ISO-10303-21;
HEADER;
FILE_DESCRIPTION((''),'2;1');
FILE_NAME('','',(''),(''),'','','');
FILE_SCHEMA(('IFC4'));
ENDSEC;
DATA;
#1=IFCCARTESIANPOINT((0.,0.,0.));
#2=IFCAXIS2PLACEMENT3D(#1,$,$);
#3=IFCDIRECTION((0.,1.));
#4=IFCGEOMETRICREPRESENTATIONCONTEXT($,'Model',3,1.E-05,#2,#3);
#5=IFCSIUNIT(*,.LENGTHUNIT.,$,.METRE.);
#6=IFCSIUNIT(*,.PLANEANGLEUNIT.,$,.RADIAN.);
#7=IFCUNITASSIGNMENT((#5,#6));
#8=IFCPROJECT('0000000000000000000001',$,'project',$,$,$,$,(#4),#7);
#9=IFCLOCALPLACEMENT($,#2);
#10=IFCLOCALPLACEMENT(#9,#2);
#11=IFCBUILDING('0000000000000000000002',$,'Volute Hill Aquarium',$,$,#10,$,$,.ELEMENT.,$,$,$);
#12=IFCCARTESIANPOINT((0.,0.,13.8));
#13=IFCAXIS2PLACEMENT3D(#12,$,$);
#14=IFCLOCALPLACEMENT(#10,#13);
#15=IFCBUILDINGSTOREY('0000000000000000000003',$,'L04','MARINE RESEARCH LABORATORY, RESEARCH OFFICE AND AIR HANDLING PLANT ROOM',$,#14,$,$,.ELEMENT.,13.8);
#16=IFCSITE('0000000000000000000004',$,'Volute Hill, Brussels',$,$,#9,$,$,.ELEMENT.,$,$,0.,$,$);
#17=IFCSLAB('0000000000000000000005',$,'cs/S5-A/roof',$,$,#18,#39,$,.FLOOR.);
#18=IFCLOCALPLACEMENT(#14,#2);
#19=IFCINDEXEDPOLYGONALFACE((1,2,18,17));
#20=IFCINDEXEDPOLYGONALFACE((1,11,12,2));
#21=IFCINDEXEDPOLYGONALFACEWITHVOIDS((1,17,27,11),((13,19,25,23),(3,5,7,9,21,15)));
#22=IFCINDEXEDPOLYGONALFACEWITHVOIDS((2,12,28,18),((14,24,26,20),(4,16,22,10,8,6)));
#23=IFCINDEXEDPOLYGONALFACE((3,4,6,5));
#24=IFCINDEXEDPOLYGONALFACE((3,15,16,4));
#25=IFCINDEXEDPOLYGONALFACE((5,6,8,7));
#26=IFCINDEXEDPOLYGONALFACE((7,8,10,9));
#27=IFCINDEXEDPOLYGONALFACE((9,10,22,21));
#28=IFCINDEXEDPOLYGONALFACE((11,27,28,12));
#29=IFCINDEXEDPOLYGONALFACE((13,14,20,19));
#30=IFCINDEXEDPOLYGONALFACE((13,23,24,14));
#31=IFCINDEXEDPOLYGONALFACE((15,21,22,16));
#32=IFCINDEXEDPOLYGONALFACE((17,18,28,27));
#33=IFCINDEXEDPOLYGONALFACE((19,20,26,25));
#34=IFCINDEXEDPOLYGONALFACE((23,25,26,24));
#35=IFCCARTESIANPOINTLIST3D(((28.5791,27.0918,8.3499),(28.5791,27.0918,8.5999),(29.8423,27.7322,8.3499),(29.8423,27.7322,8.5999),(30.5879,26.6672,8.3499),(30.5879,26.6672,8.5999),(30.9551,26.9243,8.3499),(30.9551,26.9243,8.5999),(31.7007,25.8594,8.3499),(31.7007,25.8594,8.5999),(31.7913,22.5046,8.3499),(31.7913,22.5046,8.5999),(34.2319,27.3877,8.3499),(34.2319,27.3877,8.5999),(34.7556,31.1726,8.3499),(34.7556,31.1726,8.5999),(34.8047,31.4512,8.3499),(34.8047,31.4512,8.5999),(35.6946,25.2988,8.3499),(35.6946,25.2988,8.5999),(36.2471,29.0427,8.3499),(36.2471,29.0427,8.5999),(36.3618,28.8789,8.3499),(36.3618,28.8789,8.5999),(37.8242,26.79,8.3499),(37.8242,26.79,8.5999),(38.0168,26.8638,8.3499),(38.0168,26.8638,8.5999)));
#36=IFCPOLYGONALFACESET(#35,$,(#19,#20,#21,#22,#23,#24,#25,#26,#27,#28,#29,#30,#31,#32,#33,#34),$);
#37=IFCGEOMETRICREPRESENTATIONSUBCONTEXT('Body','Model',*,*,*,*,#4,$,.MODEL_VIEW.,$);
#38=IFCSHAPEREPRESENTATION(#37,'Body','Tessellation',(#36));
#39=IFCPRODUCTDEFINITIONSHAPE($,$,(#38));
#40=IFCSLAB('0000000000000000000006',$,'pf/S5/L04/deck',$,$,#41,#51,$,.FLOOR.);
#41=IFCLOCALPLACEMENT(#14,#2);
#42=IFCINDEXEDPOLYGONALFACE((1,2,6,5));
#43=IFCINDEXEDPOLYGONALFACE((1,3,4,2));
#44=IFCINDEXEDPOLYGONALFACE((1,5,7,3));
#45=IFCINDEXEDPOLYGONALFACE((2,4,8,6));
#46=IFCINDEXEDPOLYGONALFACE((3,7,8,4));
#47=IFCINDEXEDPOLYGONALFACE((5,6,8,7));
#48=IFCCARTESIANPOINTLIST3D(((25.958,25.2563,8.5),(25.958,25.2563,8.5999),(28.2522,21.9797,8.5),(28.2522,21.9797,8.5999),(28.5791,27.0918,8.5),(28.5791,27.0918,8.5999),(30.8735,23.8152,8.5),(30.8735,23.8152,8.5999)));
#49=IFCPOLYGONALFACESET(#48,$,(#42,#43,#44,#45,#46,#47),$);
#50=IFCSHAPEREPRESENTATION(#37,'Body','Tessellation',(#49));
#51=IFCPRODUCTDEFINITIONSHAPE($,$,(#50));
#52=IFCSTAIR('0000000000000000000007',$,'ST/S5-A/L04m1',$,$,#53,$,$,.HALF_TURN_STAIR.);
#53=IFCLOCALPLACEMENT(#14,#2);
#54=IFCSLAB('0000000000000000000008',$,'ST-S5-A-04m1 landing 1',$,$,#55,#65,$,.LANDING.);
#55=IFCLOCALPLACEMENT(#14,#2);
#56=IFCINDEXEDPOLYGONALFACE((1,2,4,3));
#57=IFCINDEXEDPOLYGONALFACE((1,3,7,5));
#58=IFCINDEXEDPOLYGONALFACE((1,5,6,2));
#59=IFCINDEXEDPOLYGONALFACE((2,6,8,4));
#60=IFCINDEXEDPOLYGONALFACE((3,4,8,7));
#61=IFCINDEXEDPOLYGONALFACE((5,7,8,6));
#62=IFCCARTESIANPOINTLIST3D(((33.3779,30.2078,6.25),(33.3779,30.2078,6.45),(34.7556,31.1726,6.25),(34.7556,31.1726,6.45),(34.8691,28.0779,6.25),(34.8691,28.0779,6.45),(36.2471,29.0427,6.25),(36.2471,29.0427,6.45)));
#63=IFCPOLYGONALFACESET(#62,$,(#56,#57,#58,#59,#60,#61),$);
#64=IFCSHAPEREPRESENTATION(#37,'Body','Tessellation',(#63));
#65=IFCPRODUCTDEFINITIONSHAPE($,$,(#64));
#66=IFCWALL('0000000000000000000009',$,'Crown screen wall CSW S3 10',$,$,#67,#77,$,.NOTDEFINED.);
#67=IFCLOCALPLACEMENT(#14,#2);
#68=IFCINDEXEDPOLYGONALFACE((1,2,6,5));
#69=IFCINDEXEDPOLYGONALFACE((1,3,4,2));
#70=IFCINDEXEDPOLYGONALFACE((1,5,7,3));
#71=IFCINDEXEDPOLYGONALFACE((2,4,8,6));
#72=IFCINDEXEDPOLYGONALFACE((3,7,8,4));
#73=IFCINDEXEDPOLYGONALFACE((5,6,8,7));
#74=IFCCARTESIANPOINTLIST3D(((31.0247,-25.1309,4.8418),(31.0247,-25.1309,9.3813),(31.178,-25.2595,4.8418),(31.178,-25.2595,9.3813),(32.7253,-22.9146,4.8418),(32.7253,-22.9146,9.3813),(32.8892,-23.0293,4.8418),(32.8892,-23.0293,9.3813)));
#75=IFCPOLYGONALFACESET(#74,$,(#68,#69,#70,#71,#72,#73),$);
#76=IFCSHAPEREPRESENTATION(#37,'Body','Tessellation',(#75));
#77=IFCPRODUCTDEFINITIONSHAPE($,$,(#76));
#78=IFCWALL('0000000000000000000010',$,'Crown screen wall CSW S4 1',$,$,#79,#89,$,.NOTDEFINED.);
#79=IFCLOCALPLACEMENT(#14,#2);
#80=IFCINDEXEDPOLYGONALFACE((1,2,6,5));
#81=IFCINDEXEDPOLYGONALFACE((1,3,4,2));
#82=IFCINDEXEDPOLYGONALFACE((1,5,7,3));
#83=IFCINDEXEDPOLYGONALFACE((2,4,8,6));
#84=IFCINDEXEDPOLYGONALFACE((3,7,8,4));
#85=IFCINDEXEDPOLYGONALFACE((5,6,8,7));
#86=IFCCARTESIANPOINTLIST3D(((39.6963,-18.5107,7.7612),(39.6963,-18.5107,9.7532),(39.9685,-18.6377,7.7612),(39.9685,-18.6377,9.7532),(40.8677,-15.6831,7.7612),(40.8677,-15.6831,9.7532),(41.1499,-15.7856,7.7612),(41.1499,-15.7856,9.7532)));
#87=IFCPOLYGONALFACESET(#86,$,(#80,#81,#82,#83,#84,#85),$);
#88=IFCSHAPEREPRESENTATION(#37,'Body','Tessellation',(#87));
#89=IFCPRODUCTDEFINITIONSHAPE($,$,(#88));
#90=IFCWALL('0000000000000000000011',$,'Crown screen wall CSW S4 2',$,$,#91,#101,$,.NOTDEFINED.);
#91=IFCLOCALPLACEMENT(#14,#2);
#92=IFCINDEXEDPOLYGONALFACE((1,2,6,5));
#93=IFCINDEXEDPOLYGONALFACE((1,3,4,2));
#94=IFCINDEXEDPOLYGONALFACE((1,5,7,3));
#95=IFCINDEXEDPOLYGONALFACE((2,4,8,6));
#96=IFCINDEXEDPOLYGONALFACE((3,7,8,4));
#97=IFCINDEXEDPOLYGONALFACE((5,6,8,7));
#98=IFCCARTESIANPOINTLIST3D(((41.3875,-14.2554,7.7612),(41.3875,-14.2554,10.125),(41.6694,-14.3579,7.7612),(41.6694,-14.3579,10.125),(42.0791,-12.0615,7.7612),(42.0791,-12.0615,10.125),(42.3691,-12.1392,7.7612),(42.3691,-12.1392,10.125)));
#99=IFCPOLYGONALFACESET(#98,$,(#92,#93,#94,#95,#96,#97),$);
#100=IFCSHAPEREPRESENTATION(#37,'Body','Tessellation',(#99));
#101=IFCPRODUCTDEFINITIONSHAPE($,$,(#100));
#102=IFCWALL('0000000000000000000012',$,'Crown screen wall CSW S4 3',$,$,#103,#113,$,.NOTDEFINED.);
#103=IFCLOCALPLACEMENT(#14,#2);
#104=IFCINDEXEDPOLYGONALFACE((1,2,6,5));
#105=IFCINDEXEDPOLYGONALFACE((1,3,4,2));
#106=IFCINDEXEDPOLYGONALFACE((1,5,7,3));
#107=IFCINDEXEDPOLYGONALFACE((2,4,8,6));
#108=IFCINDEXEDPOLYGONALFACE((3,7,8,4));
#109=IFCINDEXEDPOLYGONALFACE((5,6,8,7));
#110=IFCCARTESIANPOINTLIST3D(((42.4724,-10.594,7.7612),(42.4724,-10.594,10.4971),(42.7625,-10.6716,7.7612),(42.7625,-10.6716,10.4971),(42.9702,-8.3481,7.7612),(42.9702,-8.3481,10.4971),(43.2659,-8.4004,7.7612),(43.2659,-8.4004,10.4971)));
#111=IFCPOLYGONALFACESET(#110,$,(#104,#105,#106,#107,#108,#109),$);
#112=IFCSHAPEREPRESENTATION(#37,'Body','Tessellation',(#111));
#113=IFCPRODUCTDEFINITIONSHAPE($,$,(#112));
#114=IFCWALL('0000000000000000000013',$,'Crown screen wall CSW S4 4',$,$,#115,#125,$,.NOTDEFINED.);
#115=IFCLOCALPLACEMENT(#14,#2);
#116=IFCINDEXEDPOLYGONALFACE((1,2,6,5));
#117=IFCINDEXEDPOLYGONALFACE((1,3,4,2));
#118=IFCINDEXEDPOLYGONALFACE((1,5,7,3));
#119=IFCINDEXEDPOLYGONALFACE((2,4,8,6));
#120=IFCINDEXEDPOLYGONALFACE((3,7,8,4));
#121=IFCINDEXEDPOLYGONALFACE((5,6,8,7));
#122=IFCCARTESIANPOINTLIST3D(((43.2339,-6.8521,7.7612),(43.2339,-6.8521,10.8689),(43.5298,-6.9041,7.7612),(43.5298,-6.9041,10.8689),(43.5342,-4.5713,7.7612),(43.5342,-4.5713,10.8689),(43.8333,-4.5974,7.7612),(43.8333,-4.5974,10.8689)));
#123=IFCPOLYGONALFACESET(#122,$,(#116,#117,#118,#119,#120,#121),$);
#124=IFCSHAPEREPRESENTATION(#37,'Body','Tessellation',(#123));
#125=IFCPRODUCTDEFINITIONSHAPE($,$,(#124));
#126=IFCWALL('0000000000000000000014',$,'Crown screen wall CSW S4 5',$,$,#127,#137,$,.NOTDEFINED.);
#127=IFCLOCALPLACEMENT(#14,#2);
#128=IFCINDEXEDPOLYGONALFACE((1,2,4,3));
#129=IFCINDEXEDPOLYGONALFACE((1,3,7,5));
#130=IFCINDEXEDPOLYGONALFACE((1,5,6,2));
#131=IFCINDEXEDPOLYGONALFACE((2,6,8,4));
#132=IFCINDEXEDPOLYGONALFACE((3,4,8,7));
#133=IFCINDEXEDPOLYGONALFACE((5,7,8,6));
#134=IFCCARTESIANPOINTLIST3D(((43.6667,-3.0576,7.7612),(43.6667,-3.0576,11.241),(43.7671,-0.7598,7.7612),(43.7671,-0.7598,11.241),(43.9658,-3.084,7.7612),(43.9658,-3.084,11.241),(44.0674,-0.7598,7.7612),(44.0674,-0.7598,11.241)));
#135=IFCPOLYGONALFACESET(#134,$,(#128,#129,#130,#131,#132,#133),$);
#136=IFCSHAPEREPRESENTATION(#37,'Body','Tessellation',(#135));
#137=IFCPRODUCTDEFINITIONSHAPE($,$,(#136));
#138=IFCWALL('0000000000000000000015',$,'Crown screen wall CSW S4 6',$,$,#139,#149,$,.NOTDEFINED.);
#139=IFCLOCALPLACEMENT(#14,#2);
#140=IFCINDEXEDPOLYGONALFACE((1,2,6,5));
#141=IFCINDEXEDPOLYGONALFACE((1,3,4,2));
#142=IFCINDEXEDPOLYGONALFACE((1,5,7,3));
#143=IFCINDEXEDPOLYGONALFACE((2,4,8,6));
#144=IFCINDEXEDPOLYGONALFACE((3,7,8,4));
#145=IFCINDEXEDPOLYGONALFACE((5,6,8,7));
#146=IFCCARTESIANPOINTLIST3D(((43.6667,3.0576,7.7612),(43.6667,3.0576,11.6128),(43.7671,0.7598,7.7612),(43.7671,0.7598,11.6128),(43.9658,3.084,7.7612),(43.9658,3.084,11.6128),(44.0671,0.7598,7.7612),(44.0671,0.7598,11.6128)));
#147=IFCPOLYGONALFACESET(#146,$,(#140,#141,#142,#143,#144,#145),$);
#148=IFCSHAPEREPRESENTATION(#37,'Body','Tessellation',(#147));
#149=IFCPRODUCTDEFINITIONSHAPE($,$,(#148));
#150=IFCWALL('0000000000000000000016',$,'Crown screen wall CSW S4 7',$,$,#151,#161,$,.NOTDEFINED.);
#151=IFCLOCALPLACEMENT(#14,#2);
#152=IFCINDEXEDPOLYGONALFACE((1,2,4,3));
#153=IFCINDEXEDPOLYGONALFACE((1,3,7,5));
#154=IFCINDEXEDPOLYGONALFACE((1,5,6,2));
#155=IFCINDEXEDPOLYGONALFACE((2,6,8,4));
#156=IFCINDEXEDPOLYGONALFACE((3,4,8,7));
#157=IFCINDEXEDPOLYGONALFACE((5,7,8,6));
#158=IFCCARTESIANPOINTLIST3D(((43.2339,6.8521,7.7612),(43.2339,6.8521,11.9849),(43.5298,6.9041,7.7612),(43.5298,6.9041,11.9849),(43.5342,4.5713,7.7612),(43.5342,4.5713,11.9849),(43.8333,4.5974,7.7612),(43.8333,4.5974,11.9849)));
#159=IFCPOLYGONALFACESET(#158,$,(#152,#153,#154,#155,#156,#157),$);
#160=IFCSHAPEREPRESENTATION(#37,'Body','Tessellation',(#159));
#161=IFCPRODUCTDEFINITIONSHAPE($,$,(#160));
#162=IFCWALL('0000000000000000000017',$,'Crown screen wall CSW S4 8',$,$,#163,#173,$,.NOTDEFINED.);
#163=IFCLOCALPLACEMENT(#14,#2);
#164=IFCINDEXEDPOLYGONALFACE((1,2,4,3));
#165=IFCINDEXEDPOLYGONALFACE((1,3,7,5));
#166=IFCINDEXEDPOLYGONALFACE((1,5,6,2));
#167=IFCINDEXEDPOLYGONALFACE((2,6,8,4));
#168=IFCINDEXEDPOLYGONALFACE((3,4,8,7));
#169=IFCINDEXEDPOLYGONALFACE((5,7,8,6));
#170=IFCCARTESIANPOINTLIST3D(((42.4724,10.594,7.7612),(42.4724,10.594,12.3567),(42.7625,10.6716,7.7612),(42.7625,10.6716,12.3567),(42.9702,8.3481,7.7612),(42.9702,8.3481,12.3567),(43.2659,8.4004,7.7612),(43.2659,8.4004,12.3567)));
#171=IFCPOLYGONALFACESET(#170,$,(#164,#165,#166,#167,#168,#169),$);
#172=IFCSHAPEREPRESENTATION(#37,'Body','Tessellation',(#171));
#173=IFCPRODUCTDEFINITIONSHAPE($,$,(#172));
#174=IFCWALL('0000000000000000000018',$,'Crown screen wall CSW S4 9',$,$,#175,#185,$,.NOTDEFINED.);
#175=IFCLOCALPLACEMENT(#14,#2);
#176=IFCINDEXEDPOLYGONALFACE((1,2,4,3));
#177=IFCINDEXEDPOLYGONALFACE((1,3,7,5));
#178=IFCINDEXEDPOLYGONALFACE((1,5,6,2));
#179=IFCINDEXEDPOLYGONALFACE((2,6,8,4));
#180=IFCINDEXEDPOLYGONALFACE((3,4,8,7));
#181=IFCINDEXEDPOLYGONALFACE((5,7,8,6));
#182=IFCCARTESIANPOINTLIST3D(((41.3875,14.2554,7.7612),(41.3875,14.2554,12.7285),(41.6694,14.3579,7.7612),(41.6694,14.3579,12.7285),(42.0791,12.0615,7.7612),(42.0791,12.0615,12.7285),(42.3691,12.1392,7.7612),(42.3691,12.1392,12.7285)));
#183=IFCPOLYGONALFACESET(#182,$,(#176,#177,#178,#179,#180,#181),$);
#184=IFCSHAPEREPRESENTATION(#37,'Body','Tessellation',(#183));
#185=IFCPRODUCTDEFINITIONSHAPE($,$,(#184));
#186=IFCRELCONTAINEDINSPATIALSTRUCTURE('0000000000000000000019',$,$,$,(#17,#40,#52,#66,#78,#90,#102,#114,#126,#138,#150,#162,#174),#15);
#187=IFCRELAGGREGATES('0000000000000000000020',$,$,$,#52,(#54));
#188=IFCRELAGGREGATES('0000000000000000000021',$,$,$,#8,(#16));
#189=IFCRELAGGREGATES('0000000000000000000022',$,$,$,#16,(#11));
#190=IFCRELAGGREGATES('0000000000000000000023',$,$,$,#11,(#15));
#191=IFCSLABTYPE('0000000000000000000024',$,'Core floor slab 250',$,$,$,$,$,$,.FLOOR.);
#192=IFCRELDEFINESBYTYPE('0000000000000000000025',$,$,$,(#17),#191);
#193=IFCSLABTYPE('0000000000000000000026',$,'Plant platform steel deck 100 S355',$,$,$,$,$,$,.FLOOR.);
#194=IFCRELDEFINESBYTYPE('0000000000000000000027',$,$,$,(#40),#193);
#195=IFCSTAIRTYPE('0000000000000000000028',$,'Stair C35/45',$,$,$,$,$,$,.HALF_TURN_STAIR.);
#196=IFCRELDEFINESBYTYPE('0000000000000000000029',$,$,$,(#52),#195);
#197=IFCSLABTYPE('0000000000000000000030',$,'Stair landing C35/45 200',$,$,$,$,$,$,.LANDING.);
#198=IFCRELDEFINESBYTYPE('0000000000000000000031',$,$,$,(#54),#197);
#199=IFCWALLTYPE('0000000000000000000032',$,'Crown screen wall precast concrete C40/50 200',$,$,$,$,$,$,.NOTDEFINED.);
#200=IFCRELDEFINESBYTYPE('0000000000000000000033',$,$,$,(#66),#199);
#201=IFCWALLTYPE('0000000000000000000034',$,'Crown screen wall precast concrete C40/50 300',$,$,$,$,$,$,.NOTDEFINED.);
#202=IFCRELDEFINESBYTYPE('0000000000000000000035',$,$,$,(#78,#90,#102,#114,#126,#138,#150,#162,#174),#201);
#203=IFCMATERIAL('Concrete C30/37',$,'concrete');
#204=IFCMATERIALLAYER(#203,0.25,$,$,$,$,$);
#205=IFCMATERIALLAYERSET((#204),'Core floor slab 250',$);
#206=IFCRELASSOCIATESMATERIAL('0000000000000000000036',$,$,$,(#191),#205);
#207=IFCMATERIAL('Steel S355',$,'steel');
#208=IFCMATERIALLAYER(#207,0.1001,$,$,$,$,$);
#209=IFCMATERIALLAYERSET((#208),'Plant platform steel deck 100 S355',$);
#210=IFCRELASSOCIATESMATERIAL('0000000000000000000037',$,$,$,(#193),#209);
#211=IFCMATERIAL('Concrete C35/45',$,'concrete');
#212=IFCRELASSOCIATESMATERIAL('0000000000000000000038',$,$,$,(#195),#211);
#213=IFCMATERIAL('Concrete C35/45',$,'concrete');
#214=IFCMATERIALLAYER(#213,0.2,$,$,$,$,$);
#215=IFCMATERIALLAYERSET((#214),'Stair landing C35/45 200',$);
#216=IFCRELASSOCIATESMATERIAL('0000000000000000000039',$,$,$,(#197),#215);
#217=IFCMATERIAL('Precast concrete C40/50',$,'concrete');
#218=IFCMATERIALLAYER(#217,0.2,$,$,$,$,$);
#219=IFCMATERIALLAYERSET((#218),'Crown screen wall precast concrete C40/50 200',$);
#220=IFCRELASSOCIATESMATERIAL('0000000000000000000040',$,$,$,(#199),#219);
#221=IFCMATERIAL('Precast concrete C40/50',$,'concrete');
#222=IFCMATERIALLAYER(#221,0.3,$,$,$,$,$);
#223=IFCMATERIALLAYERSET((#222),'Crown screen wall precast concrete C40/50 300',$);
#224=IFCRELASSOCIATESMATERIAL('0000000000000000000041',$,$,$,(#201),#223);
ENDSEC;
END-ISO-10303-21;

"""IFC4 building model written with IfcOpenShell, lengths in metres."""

from ifc_helpers import new_model, si_unit, direction, frame, origin, place, context, subcontext, project, spatial, polyline, outline, extrude, material, layer, layer_set, type_object, element, aggregate, save


model = new_model("IFC4")

# Units and contexts
model_context = context("Model", 3, precision=1e-05, world=origin(), true_north=direction((0.0, 1.0)))
body_context = subcontext(model_context, "Body", "Model", "MODEL_VIEW")
ifc_project = project(units=[si_unit("LENGTHUNIT", "METRE"), si_unit("PLANEANGLEUNIT", "RADIAN")], contexts=[model_context])

# Site, building, storey
site_placement = place(None, origin())
site = spatial("IfcSite", under=ifc_project, at=site_placement, Name="Volute Hill, Brussels", CompositionType="ELEMENT", RefElevation=0.0)
building_placement = place(site_placement, origin())
building = spatial("IfcBuilding", under=site, at=building_placement, Name="Volute Hill Aquarium", CompositionType="ELEMENT")
storey_placement = place(building_placement, frame((0.0, 0.0, 13.8)))
storey = spatial("IfcBuildingStorey", under=building, at=storey_placement, Name="L04", Description="MARINE RESEARCH LABORATORY, RESEARCH OFFICE AND AIR HANDLING PLANT ROOM", CompositionType="ELEMENT", Elevation=13.8)

# Slabs
ifc_material_1 = material(Name="Concrete C30/37", Category="concrete")
ifc_layer_1 = layer(ifc_material_1, 0.25)
ifc_layer_set_1 = layer_set([ifc_layer_1], Name="Core floor slab 250")
slab_type_1 = type_object("IfcSlabType", Name="Core floor slab 250", PredefinedType="FLOOR", material=ifc_layer_set_1)
slab_1_placement = place(storey_placement, frame((0.0, 0.0, 8.3499)))
element("IfcSlab", 1, at=slab_1_placement, inside=storey, type_object=slab_type_1, Name="cs/S5-A/roof", PredefinedType="FLOOR", context=body_context, shape_type="SweptSolid", body=[
    extrude(outline(polyline([(31.7913, 22.5046), (38.0168, 26.8638), (34.8047, 31.4512), (28.5791, 27.0918), (31.7913, 22.5046)]), holes=[polyline([(34.2319, 27.3877), (36.3618, 28.8789), (37.8242, 26.79), (35.6946, 25.2988), (34.2319, 27.3877)]), polyline([(30.9551, 26.9243), (30.5879, 26.6672), (29.8423, 27.7322), (34.7556, 31.1726), (36.2471, 29.0427), (31.7007, 25.8594), (30.9551, 26.9243)])]), origin(), (0.0, 0.0, 1.0), 0.25),
])
ifc_material_2 = material(Name="Steel S355", Category="steel")
ifc_layer_2 = layer(ifc_material_2, 0.1001)
ifc_layer_set_2 = layer_set([ifc_layer_2], Name="Plant platform steel deck 100 S355")
slab_type_2 = type_object("IfcSlabType", Name="Plant platform steel deck 100 S355", PredefinedType="FLOOR", material=ifc_layer_set_2)
slab_2_placement = place(storey_placement, frame((0.0, 0.0, 8.5)))
element("IfcSlab", 2, at=slab_2_placement, inside=storey, type_object=slab_type_2, Name="pf/S5/L04/deck", PredefinedType="FLOOR", context=body_context, shape_type="SweptSolid", body=[
    extrude(outline(polyline([(28.2522, 21.9797), (30.8735, 23.8152), (28.5791, 27.0918), (25.958, 25.2563), (28.2522, 21.9797)])), origin(), (0.0, 0.0, 1.0), 0.0999),
])

# Stair, slab
ifc_material_3 = material(Name="Concrete C35/45", Category="concrete")
stair_type = type_object("IfcStairType", Name="Stair C35/45", PredefinedType="HALF_TURN_STAIR", material=ifc_material_3)
stair_placement = place(storey_placement, origin())
stair = element("IfcStair", 3, at=stair_placement, inside=storey, type_object=stair_type, Name="ST/S5-A/L04m1", PredefinedType="HALF_TURN_STAIR")
ifc_material_4 = material(Name="Concrete C35/45", Category="concrete")
ifc_layer_3 = layer(ifc_material_4, 0.2)
ifc_layer_set_3 = layer_set([ifc_layer_3], Name="Stair landing C35/45 200")
slab_type_3 = type_object("IfcSlabType", Name="Stair landing C35/45 200", PredefinedType="LANDING", material=ifc_layer_set_3)
slab_3_placement = place(storey_placement, frame((0.0, 0.0, 6.25)))
slab_3 = element("IfcSlab", 4, at=slab_3_placement, type_object=slab_type_3, Name="ST-S5-A-04m1 landing 1", PredefinedType="LANDING", context=body_context, shape_type="SweptSolid", body=[
    extrude(outline(polyline([(34.8691, 28.0779), (36.2471, 29.0427), (34.7556, 31.1726), (33.3779, 30.2078), (34.8691, 28.0779)])), origin(), (0.0, 0.0, 1.0), 0.2),
])
aggregate(stair, [slab_3])

# Walls
ifc_material_5 = material(Name="Precast concrete C40/50", Category="concrete")
ifc_layer_4 = layer(ifc_material_5, 0.2)
ifc_layer_set_4 = layer_set([ifc_layer_4], Name="Crown screen wall precast concrete C40/50 200")
wall_type_1 = type_object("IfcWallType", Name="Crown screen wall precast concrete C40/50 200", PredefinedType="NOTDEFINED", material=ifc_layer_set_4)
wall_1_placement = place(storey_placement, frame((0.0, 0.0, 4.8418)))
element("IfcWall", 5, at=wall_1_placement, inside=storey, type_object=wall_type_1, Name="Crown screen wall CSW S3 10", PredefinedType="NOTDEFINED", context=body_context, shape_type="SweptSolid", body=[
    extrude(outline(polyline([(31.178, -25.2595), (32.8892, -23.0293), (32.7253, -22.9146), (31.0247, -25.1309), (31.178, -25.2595)])), origin(), (0.0, 0.0, 1.0), 4.5396),
])
ifc_material_6 = material(Name="Precast concrete C40/50", Category="concrete")
ifc_layer_5 = layer(ifc_material_6, 0.3)
ifc_layer_set_5 = layer_set([ifc_layer_5], Name="Crown screen wall precast concrete C40/50 300")
wall_type_2 = type_object("IfcWallType", Name="Crown screen wall precast concrete C40/50 300", PredefinedType="NOTDEFINED", material=ifc_layer_set_5)
wall_2_placement = place(storey_placement, frame((0.0, 0.0, 7.7612)))
element("IfcWall", 6, at=wall_2_placement, inside=storey, type_object=wall_type_2, Name="Crown screen wall CSW S4 1", PredefinedType="NOTDEFINED", context=body_context, shape_type="SweptSolid", body=[
    extrude(outline(polyline([(39.9685, -18.6377), (41.1499, -15.7856), (40.8677, -15.6831), (39.6963, -18.5107), (39.9685, -18.6377)])), origin(), (0.0, 0.0, 1.0), 1.9919),
])
wall_3_placement = place(storey_placement, frame((0.0, 0.0, 7.7612)))
element("IfcWall", 7, at=wall_3_placement, inside=storey, type_object=wall_type_2, Name="Crown screen wall CSW S4 2", PredefinedType="NOTDEFINED", context=body_context, shape_type="SweptSolid", body=[
    extrude(outline(polyline([(41.6694, -14.3579), (42.3691, -12.1392), (42.0791, -12.0615), (41.3875, -14.2554), (41.6694, -14.3579)])), origin(), (0.0, 0.0, 1.0), 2.3638),
])
wall_4_placement = place(storey_placement, frame((0.0, 0.0, 7.7612)))
element("IfcWall", 8, at=wall_4_placement, inside=storey, type_object=wall_type_2, Name="Crown screen wall CSW S4 3", PredefinedType="NOTDEFINED", context=body_context, shape_type="SweptSolid", body=[
    extrude(outline(polyline([(42.7625, -10.6716), (43.2659, -8.4004), (42.9702, -8.3481), (42.4724, -10.594), (42.7625, -10.6716)])), origin(), (0.0, 0.0, 1.0), 2.7358),
])
wall_5_placement = place(storey_placement, frame((0.0, 0.0, 7.7612)))
element("IfcWall", 9, at=wall_5_placement, inside=storey, type_object=wall_type_2, Name="Crown screen wall CSW S4 4", PredefinedType="NOTDEFINED", context=body_context, shape_type="SweptSolid", body=[
    extrude(outline(polyline([(43.5298, -6.9041), (43.8333, -4.5974), (43.5342, -4.5713), (43.2339, -6.8521), (43.5298, -6.9041)])), origin(), (0.0, 0.0, 1.0), 3.1077),
])
wall_6_placement = place(storey_placement, frame((0.0, 0.0, 7.7612)))
element("IfcWall", 10, at=wall_6_placement, inside=storey, type_object=wall_type_2, Name="Crown screen wall CSW S4 5", PredefinedType="NOTDEFINED", context=body_context, shape_type="SweptSolid", body=[
    extrude(outline(polyline([(43.9658, -3.084), (44.0674, -0.7598), (43.7671, -0.7598), (43.6667, -3.0576), (43.9658, -3.084)])), origin(), (0.0, 0.0, 1.0), 3.4797),
])
wall_7_placement = place(storey_placement, frame((0.0, 0.0, 7.7612)))
element("IfcWall", 11, at=wall_7_placement, inside=storey, type_object=wall_type_2, Name="Crown screen wall CSW S4 6", PredefinedType="NOTDEFINED", context=body_context, shape_type="SweptSolid", body=[
    extrude(outline(polyline([(44.0671, 0.7598), (43.9658, 3.084), (43.6667, 3.0576), (43.7671, 0.7598), (44.0671, 0.7598)])), origin(), (0.0, 0.0, 1.0), 3.8516),
])
wall_8_placement = place(storey_placement, frame((0.0, 0.0, 7.7612)))
element("IfcWall", 12, at=wall_8_placement, inside=storey, type_object=wall_type_2, Name="Crown screen wall CSW S4 7", PredefinedType="NOTDEFINED", context=body_context, shape_type="SweptSolid", body=[
    extrude(outline(polyline([(43.8333, 4.5974), (43.5298, 6.9041), (43.2339, 6.8521), (43.5342, 4.5713), (43.8333, 4.5974)])), origin(), (0.0, 0.0, 1.0), 4.2236),
])
wall_9_placement = place(storey_placement, frame((0.0, 0.0, 7.7612)))
element("IfcWall", 13, at=wall_9_placement, inside=storey, type_object=wall_type_2, Name="Crown screen wall CSW S4 8", PredefinedType="NOTDEFINED", context=body_context, shape_type="SweptSolid", body=[
    extrude(outline(polyline([(43.2659, 8.4004), (42.7625, 10.6716), (42.4724, 10.594), (42.9702, 8.3481), (43.2659, 8.4004)])), origin(), (0.0, 0.0, 1.0), 4.5955),
])
wall_10_placement = place(storey_placement, frame((0.0, 0.0, 7.7612)))
element("IfcWall", 14, at=wall_10_placement, inside=storey, type_object=wall_type_2, Name="Crown screen wall CSW S4 9", PredefinedType="NOTDEFINED", context=body_context, shape_type="SweptSolid", body=[
    extrude(outline(polyline([(42.3691, 12.1392), (41.6694, 14.3579), (41.3875, 14.2554), (42.0791, 12.0615), (42.3691, 12.1392)])), origin(), (0.0, 0.0, 1.0), 4.9673),
])

save(model, "model.ifc")
